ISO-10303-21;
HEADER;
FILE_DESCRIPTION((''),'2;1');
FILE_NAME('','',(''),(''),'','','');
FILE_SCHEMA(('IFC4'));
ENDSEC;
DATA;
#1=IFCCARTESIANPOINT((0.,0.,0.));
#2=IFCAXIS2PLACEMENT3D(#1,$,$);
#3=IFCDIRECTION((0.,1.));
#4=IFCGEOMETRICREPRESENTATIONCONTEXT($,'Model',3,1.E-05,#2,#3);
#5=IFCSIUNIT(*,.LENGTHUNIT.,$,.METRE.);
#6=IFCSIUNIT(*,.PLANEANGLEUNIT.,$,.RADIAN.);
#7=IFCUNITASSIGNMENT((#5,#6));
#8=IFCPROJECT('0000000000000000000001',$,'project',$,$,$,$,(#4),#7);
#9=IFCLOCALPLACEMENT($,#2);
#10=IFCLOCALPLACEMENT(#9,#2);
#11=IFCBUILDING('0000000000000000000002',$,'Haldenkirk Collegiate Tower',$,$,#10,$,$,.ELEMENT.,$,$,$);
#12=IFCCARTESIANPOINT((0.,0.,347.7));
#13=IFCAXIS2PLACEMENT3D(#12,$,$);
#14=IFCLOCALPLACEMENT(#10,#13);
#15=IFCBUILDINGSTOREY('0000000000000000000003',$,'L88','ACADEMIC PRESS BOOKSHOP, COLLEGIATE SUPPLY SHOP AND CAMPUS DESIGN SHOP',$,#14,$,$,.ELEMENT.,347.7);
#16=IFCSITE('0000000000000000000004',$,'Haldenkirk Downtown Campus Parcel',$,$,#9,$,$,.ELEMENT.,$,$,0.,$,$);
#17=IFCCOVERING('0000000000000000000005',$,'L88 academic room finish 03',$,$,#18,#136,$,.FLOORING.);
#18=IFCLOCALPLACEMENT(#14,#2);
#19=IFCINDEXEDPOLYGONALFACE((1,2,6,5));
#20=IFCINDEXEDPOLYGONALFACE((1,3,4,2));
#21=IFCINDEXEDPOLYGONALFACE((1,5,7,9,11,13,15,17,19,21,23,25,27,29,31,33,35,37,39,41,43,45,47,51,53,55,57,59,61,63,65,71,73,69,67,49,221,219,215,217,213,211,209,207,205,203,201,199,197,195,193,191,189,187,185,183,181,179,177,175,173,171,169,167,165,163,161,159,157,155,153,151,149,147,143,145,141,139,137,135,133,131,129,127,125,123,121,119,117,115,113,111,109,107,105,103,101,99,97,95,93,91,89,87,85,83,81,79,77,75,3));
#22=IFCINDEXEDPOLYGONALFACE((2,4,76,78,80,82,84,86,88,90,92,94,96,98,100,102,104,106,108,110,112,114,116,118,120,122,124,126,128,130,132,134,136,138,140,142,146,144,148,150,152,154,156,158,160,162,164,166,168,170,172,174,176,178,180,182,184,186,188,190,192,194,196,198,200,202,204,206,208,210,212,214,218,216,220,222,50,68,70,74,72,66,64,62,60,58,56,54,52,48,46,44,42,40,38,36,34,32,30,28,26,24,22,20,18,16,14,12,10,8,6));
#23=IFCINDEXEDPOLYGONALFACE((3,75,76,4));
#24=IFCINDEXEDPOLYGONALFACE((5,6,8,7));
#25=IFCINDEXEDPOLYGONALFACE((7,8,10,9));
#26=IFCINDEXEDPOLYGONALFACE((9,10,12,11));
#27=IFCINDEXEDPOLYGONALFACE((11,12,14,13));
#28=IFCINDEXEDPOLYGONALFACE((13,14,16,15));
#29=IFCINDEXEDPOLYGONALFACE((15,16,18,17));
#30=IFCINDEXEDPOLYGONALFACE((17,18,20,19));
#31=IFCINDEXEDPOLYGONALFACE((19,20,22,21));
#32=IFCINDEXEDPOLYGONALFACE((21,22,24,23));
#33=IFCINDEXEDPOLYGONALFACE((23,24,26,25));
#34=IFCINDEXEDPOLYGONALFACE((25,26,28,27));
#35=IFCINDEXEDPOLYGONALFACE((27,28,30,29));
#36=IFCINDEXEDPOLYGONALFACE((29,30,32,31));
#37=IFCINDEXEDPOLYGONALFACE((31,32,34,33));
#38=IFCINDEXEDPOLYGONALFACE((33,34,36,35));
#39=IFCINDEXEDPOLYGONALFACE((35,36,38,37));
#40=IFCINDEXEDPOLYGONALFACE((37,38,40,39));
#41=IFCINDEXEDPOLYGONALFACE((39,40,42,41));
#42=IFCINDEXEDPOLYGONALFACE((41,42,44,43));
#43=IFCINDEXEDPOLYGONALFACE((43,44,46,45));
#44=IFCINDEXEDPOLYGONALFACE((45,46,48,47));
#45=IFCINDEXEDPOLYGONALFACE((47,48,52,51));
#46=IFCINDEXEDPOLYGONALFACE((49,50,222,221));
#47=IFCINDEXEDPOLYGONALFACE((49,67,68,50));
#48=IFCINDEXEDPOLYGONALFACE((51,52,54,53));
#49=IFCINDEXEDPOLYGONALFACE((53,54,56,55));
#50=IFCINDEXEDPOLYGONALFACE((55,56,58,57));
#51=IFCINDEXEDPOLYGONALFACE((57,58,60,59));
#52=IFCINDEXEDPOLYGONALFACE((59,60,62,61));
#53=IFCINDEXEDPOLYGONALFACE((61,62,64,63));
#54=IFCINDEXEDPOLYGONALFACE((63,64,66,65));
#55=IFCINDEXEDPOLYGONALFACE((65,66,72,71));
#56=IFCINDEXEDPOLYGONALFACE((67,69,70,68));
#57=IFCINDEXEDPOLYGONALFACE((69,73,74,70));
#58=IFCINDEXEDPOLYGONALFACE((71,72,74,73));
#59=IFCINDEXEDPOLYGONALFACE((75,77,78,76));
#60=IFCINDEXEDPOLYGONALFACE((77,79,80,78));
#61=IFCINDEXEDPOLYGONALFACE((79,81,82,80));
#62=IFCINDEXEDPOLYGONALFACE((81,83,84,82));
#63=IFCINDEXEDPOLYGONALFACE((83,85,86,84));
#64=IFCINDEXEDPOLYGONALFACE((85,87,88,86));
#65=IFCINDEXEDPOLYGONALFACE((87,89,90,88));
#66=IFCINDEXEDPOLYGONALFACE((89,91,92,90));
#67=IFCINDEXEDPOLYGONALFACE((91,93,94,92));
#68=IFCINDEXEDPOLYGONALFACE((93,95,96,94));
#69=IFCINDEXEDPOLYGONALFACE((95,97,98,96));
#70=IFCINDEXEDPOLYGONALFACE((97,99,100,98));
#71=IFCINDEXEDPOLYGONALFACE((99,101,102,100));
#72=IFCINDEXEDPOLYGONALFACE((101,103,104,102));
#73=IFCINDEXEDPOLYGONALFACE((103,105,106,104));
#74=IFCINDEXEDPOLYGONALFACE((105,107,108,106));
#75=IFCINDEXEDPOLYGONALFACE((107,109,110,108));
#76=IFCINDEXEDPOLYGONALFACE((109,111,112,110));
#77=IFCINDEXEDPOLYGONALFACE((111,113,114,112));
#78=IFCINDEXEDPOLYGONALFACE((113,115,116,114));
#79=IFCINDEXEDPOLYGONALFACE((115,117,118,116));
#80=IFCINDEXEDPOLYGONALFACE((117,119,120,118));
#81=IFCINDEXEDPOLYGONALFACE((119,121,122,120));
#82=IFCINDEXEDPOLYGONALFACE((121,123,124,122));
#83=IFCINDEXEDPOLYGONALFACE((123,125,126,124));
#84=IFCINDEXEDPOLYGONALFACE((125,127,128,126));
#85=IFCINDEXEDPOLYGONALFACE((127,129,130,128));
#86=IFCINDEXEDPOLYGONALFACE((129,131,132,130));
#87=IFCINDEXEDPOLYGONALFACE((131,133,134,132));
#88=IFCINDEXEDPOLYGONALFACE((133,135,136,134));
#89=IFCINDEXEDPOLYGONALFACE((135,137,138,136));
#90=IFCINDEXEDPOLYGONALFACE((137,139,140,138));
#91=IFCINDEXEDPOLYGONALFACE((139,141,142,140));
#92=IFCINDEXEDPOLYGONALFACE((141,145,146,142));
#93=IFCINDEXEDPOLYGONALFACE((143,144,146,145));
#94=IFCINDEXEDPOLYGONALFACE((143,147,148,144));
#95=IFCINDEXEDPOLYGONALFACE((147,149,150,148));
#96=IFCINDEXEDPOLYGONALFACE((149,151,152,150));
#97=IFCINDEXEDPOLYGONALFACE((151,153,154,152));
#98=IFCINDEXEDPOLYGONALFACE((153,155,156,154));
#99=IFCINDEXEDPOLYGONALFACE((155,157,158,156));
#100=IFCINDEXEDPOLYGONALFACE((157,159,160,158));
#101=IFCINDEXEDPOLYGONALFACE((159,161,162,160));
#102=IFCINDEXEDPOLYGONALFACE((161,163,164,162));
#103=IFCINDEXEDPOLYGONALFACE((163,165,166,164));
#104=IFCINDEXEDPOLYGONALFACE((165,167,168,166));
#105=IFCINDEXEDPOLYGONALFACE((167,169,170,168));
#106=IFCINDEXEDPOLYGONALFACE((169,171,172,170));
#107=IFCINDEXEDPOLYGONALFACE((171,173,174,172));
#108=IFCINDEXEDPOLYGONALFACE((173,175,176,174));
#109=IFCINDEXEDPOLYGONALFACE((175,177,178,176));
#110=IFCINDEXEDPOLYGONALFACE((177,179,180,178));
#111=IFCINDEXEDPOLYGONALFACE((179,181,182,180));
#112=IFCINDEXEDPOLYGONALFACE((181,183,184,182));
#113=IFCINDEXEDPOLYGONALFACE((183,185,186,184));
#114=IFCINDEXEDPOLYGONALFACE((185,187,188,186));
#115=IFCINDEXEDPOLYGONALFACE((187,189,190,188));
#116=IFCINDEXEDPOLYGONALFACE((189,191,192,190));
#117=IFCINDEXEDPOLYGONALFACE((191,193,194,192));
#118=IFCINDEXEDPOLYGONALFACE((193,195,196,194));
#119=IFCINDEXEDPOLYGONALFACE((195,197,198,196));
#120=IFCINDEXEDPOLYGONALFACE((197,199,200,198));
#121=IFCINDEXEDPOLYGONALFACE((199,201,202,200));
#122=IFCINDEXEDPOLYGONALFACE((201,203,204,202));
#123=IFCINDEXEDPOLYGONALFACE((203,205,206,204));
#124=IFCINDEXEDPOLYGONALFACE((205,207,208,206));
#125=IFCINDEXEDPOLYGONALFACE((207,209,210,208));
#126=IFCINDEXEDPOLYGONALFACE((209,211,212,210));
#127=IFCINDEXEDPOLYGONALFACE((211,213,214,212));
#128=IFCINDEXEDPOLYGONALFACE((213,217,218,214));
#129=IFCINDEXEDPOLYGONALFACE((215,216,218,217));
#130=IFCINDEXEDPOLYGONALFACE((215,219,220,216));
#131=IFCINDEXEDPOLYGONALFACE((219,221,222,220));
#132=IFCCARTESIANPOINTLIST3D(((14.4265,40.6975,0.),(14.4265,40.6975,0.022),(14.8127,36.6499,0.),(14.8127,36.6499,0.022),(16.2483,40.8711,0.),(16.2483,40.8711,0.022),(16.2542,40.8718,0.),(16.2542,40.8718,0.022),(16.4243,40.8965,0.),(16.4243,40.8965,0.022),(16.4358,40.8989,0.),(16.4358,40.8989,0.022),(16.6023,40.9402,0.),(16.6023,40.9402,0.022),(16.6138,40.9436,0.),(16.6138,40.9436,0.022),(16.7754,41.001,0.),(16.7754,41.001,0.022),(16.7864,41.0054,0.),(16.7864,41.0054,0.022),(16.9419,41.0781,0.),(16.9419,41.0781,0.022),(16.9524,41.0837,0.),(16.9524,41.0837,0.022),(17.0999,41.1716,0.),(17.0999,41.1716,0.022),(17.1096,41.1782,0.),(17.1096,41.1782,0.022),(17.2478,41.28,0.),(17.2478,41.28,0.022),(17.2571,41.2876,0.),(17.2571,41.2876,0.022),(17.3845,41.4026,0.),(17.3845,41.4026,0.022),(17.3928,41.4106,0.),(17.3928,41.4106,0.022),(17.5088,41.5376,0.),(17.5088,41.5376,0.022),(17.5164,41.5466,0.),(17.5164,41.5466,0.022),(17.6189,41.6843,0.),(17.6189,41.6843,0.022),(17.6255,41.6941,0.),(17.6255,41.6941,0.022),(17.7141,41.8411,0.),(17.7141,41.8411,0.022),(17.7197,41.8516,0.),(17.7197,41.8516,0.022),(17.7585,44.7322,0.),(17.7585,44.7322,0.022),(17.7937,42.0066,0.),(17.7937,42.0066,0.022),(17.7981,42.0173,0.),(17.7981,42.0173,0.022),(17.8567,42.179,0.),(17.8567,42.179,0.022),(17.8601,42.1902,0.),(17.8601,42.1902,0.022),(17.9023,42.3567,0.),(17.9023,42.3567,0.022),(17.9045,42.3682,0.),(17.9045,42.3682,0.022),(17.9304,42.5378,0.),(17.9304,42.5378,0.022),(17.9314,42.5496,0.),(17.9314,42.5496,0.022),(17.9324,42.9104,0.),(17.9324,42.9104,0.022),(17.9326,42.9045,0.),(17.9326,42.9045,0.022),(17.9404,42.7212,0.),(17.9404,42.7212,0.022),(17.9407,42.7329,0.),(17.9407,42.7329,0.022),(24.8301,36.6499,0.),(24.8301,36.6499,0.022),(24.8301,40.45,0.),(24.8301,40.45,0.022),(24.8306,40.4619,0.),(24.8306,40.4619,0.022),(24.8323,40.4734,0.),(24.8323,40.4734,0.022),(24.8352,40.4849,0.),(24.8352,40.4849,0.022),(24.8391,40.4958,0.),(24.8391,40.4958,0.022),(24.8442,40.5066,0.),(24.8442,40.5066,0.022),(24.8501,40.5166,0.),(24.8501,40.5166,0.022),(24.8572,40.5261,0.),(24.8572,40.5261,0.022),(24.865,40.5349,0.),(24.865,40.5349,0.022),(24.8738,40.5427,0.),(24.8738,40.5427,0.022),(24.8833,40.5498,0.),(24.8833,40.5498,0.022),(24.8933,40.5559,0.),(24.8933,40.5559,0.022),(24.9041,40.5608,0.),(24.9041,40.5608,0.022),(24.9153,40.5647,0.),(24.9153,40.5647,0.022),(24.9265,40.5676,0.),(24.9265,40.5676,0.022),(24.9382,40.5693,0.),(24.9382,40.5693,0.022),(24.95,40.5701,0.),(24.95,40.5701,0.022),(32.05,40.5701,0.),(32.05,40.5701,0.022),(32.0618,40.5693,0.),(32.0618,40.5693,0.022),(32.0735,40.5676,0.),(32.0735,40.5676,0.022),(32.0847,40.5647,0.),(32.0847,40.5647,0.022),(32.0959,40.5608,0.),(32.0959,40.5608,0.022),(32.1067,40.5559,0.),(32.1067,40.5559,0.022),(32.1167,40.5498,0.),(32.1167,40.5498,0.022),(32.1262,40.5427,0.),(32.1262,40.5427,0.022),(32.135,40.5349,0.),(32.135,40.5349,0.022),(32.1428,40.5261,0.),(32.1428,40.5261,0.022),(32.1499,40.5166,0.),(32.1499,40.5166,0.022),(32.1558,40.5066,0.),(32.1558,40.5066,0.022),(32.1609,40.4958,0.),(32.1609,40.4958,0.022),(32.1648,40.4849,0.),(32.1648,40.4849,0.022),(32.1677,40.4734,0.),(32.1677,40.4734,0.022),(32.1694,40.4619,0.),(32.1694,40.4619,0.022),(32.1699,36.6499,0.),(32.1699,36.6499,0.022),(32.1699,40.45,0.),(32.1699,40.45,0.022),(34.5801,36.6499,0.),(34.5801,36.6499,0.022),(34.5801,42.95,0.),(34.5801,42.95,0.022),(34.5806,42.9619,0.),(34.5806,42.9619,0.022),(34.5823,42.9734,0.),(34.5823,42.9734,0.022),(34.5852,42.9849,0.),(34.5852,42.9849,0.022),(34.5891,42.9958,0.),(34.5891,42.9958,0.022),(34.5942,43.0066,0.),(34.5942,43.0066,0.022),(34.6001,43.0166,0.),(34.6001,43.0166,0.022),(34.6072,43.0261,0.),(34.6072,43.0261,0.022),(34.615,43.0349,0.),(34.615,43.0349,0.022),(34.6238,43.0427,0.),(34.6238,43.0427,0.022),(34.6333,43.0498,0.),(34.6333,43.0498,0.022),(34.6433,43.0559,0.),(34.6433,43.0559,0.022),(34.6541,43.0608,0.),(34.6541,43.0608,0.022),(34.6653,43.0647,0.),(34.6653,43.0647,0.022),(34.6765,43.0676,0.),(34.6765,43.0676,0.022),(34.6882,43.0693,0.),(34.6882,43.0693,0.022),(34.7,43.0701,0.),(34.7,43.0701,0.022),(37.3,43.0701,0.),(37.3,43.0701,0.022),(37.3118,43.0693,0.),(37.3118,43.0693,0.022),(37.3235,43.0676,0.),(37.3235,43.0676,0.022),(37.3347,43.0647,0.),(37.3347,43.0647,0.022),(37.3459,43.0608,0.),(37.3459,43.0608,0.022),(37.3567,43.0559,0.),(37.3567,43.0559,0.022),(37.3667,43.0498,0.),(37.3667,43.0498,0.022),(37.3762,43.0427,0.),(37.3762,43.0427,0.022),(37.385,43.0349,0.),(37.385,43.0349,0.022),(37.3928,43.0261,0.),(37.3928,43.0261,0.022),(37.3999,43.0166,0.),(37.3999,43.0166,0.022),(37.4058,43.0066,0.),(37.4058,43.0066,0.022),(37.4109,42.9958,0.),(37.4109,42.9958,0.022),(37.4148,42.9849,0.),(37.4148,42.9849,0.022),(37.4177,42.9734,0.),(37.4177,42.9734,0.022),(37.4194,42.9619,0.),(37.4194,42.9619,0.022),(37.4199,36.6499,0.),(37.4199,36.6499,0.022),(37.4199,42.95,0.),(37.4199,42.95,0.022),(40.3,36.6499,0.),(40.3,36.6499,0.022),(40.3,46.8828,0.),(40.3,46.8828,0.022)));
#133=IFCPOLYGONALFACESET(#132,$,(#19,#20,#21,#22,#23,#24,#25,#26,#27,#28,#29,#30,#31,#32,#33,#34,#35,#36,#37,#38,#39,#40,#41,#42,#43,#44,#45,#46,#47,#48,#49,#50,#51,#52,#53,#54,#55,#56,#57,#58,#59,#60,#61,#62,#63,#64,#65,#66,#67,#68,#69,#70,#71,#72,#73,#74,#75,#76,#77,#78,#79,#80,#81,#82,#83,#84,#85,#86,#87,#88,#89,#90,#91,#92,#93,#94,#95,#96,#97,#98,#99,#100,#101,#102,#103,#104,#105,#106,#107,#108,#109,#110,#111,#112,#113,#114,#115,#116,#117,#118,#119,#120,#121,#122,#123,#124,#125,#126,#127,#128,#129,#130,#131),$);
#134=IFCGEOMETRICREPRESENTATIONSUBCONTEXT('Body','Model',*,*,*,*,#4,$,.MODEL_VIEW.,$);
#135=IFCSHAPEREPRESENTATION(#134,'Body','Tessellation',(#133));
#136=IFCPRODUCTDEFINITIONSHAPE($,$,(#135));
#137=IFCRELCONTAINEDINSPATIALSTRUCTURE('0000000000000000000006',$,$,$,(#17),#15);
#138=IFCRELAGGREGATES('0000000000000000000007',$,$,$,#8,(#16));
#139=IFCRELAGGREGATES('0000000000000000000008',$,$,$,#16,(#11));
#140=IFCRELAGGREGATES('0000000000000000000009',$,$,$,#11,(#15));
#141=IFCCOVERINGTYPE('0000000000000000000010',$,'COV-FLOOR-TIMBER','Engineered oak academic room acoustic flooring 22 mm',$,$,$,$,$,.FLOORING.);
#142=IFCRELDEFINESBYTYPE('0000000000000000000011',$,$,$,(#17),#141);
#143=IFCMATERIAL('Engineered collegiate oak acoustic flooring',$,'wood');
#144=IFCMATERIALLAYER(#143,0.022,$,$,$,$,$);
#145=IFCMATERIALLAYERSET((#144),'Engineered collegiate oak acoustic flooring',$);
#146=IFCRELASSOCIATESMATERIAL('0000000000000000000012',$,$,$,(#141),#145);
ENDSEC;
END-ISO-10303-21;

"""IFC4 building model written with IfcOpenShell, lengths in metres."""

from ifc_helpers import new_model, si_unit, direction, frame, origin, place, context, subcontext, project, spatial, polyline, outline, extrude, material, layer, layer_set, type_object, element, save


model = new_model("IFC4")

# Units and contexts
model_context = context("Model", 3, precision=1e-05, world=origin(), true_north=direction((0.0, 1.0)))
body_context = subcontext(model_context, "Body", "Model", "MODEL_VIEW")
ifc_project = project(units=[si_unit("LENGTHUNIT", "METRE"), si_unit("PLANEANGLEUNIT", "RADIAN")], contexts=[model_context])

# Site, building, storey
site_placement = place(None, origin())
site = spatial("IfcSite", under=ifc_project, at=site_placement, Name="Haldenkirk Downtown Campus Parcel", CompositionType="ELEMENT", RefElevation=0.0)
building_placement = place(site_placement, origin())
building = spatial("IfcBuilding", under=site, at=building_placement, Name="Haldenkirk Collegiate Tower", CompositionType="ELEMENT")
storey_placement = place(building_placement, frame((0.0, 0.0, 347.7)))
storey = spatial("IfcBuildingStorey", under=building, at=storey_placement, Name="L88", Description="ACADEMIC PRESS BOOKSHOP, COLLEGIATE SUPPLY SHOP AND CAMPUS DESIGN SHOP", CompositionType="ELEMENT", Elevation=347.7)

# Covering
ifc_material_1 = material(Name="Engineered collegiate oak acoustic flooring", Category="wood")
ifc_layer_1 = layer(ifc_material_1, 0.022)
ifc_layer_set_1 = layer_set([ifc_layer_1], Name="Engineered collegiate oak acoustic flooring")
covering_type_1 = type_object("IfcCoveringType", Name="COV-FLOOR-TIMBER", Description="Engineered oak academic room acoustic flooring 22 mm", PredefinedType="FLOORING", material=ifc_layer_set_1)
covering_1_placement = place(storey_placement, origin())
element("IfcCovering", 1, at=covering_1_placement, inside=storey, type_object=covering_type_1, Name="L88 academic room finish 03", PredefinedType="FLOORING", context=body_context, shape_type="SweptSolid", body=[
    extrude(outline(polyline([(16.2483, 40.8711), (16.2542, 40.8718), (16.4243, 40.8965), (16.4358, 40.8989), (16.6023, 40.9402), (16.6138, 40.9436), (16.7754, 41.001), (16.7864, 41.0054), (16.9419, 41.0781), (16.9524, 41.0837), (17.0999, 41.1716), (17.1096, 41.1782), (17.2478, 41.28), (17.2571, 41.2876), (17.3845, 41.4026), (17.3928, 41.4106), (17.5088, 41.5376), (17.5164, 41.5466), (17.6189, 41.6843), (17.6255, 41.6941), (17.7141, 41.8411), (17.7197, 41.8516), (17.7937, 42.0066), (17.7981, 42.0173), (17.8567, 42.179), (17.8601, 42.1902), (17.9023, 42.3567), (17.9045, 42.3682), (17.9304, 42.5378), (17.9314, 42.5496), (17.9404, 42.7212), (17.9407, 42.7329), (17.9326, 42.9045), (17.9324, 42.9104), (17.7585, 44.7322), (40.3, 46.8828), (40.3, 36.6499), (37.4199, 36.6499), (37.4199, 42.95), (37.4194, 42.9619), (37.4177, 42.9734), (37.4148, 42.9849), (37.4109, 42.9958), (37.4058, 43.0066), (37.3999, 43.0166), (37.3928, 43.0261), (37.385, 43.0349), (37.3762, 43.0427), (37.3667, 43.0498), (37.3567, 43.0559), (37.3459, 43.0608), (37.3347, 43.0647), (37.3235, 43.0676), (37.3118, 43.0693), (37.3, 43.0701), (34.7, 43.0701), (34.6882, 43.0693), (34.6765, 43.0676), (34.6653, 43.0647), (34.6541, 43.0608), (34.6433, 43.0559), (34.6333, 43.0498), (34.6238, 43.0427), (34.615, 43.0349), (34.6072, 43.0261), (34.6001, 43.0166), (34.5942, 43.0066), (34.5891, 42.9958), (34.5852, 42.9849), (34.5823, 42.9734), (34.5806, 42.9619), (34.5801, 42.95), (34.5801, 36.6499), (32.1699, 36.6499), (32.1699, 40.45), (32.1694, 40.4619), (32.1677, 40.4734), (32.1648, 40.4849), (32.1609, 40.4958), (32.1558, 40.5066), (32.1499, 40.5166), (32.1428, 40.5261), (32.135, 40.5349), (32.1262, 40.5427), (32.1167, 40.5498), (32.1067, 40.5559), (32.0959, 40.5608), (32.0847, 40.5647), (32.0735, 40.5676), (32.0618, 40.5693), (32.05, 40.5701), (24.95, 40.5701), (24.9382, 40.5693), (24.9265, 40.5676), (24.9153, 40.5647), (24.9041, 40.5608), (24.8933, 40.5559), (24.8833, 40.5498), (24.8738, 40.5427), (24.865, 40.5349), (24.8572, 40.5261), (24.8501, 40.5166), (24.8442, 40.5066), (24.8391, 40.4958), (24.8352, 40.4849), (24.8323, 40.4734), (24.8306, 40.4619), (24.8301, 40.45), (24.8301, 36.6499), (14.8127, 36.6499), (14.4265, 40.6975), (16.2483, 40.8711)])), origin(), (0.0, 0.0, 1.0), 0.022),
])

save(model, "model.ifc")
